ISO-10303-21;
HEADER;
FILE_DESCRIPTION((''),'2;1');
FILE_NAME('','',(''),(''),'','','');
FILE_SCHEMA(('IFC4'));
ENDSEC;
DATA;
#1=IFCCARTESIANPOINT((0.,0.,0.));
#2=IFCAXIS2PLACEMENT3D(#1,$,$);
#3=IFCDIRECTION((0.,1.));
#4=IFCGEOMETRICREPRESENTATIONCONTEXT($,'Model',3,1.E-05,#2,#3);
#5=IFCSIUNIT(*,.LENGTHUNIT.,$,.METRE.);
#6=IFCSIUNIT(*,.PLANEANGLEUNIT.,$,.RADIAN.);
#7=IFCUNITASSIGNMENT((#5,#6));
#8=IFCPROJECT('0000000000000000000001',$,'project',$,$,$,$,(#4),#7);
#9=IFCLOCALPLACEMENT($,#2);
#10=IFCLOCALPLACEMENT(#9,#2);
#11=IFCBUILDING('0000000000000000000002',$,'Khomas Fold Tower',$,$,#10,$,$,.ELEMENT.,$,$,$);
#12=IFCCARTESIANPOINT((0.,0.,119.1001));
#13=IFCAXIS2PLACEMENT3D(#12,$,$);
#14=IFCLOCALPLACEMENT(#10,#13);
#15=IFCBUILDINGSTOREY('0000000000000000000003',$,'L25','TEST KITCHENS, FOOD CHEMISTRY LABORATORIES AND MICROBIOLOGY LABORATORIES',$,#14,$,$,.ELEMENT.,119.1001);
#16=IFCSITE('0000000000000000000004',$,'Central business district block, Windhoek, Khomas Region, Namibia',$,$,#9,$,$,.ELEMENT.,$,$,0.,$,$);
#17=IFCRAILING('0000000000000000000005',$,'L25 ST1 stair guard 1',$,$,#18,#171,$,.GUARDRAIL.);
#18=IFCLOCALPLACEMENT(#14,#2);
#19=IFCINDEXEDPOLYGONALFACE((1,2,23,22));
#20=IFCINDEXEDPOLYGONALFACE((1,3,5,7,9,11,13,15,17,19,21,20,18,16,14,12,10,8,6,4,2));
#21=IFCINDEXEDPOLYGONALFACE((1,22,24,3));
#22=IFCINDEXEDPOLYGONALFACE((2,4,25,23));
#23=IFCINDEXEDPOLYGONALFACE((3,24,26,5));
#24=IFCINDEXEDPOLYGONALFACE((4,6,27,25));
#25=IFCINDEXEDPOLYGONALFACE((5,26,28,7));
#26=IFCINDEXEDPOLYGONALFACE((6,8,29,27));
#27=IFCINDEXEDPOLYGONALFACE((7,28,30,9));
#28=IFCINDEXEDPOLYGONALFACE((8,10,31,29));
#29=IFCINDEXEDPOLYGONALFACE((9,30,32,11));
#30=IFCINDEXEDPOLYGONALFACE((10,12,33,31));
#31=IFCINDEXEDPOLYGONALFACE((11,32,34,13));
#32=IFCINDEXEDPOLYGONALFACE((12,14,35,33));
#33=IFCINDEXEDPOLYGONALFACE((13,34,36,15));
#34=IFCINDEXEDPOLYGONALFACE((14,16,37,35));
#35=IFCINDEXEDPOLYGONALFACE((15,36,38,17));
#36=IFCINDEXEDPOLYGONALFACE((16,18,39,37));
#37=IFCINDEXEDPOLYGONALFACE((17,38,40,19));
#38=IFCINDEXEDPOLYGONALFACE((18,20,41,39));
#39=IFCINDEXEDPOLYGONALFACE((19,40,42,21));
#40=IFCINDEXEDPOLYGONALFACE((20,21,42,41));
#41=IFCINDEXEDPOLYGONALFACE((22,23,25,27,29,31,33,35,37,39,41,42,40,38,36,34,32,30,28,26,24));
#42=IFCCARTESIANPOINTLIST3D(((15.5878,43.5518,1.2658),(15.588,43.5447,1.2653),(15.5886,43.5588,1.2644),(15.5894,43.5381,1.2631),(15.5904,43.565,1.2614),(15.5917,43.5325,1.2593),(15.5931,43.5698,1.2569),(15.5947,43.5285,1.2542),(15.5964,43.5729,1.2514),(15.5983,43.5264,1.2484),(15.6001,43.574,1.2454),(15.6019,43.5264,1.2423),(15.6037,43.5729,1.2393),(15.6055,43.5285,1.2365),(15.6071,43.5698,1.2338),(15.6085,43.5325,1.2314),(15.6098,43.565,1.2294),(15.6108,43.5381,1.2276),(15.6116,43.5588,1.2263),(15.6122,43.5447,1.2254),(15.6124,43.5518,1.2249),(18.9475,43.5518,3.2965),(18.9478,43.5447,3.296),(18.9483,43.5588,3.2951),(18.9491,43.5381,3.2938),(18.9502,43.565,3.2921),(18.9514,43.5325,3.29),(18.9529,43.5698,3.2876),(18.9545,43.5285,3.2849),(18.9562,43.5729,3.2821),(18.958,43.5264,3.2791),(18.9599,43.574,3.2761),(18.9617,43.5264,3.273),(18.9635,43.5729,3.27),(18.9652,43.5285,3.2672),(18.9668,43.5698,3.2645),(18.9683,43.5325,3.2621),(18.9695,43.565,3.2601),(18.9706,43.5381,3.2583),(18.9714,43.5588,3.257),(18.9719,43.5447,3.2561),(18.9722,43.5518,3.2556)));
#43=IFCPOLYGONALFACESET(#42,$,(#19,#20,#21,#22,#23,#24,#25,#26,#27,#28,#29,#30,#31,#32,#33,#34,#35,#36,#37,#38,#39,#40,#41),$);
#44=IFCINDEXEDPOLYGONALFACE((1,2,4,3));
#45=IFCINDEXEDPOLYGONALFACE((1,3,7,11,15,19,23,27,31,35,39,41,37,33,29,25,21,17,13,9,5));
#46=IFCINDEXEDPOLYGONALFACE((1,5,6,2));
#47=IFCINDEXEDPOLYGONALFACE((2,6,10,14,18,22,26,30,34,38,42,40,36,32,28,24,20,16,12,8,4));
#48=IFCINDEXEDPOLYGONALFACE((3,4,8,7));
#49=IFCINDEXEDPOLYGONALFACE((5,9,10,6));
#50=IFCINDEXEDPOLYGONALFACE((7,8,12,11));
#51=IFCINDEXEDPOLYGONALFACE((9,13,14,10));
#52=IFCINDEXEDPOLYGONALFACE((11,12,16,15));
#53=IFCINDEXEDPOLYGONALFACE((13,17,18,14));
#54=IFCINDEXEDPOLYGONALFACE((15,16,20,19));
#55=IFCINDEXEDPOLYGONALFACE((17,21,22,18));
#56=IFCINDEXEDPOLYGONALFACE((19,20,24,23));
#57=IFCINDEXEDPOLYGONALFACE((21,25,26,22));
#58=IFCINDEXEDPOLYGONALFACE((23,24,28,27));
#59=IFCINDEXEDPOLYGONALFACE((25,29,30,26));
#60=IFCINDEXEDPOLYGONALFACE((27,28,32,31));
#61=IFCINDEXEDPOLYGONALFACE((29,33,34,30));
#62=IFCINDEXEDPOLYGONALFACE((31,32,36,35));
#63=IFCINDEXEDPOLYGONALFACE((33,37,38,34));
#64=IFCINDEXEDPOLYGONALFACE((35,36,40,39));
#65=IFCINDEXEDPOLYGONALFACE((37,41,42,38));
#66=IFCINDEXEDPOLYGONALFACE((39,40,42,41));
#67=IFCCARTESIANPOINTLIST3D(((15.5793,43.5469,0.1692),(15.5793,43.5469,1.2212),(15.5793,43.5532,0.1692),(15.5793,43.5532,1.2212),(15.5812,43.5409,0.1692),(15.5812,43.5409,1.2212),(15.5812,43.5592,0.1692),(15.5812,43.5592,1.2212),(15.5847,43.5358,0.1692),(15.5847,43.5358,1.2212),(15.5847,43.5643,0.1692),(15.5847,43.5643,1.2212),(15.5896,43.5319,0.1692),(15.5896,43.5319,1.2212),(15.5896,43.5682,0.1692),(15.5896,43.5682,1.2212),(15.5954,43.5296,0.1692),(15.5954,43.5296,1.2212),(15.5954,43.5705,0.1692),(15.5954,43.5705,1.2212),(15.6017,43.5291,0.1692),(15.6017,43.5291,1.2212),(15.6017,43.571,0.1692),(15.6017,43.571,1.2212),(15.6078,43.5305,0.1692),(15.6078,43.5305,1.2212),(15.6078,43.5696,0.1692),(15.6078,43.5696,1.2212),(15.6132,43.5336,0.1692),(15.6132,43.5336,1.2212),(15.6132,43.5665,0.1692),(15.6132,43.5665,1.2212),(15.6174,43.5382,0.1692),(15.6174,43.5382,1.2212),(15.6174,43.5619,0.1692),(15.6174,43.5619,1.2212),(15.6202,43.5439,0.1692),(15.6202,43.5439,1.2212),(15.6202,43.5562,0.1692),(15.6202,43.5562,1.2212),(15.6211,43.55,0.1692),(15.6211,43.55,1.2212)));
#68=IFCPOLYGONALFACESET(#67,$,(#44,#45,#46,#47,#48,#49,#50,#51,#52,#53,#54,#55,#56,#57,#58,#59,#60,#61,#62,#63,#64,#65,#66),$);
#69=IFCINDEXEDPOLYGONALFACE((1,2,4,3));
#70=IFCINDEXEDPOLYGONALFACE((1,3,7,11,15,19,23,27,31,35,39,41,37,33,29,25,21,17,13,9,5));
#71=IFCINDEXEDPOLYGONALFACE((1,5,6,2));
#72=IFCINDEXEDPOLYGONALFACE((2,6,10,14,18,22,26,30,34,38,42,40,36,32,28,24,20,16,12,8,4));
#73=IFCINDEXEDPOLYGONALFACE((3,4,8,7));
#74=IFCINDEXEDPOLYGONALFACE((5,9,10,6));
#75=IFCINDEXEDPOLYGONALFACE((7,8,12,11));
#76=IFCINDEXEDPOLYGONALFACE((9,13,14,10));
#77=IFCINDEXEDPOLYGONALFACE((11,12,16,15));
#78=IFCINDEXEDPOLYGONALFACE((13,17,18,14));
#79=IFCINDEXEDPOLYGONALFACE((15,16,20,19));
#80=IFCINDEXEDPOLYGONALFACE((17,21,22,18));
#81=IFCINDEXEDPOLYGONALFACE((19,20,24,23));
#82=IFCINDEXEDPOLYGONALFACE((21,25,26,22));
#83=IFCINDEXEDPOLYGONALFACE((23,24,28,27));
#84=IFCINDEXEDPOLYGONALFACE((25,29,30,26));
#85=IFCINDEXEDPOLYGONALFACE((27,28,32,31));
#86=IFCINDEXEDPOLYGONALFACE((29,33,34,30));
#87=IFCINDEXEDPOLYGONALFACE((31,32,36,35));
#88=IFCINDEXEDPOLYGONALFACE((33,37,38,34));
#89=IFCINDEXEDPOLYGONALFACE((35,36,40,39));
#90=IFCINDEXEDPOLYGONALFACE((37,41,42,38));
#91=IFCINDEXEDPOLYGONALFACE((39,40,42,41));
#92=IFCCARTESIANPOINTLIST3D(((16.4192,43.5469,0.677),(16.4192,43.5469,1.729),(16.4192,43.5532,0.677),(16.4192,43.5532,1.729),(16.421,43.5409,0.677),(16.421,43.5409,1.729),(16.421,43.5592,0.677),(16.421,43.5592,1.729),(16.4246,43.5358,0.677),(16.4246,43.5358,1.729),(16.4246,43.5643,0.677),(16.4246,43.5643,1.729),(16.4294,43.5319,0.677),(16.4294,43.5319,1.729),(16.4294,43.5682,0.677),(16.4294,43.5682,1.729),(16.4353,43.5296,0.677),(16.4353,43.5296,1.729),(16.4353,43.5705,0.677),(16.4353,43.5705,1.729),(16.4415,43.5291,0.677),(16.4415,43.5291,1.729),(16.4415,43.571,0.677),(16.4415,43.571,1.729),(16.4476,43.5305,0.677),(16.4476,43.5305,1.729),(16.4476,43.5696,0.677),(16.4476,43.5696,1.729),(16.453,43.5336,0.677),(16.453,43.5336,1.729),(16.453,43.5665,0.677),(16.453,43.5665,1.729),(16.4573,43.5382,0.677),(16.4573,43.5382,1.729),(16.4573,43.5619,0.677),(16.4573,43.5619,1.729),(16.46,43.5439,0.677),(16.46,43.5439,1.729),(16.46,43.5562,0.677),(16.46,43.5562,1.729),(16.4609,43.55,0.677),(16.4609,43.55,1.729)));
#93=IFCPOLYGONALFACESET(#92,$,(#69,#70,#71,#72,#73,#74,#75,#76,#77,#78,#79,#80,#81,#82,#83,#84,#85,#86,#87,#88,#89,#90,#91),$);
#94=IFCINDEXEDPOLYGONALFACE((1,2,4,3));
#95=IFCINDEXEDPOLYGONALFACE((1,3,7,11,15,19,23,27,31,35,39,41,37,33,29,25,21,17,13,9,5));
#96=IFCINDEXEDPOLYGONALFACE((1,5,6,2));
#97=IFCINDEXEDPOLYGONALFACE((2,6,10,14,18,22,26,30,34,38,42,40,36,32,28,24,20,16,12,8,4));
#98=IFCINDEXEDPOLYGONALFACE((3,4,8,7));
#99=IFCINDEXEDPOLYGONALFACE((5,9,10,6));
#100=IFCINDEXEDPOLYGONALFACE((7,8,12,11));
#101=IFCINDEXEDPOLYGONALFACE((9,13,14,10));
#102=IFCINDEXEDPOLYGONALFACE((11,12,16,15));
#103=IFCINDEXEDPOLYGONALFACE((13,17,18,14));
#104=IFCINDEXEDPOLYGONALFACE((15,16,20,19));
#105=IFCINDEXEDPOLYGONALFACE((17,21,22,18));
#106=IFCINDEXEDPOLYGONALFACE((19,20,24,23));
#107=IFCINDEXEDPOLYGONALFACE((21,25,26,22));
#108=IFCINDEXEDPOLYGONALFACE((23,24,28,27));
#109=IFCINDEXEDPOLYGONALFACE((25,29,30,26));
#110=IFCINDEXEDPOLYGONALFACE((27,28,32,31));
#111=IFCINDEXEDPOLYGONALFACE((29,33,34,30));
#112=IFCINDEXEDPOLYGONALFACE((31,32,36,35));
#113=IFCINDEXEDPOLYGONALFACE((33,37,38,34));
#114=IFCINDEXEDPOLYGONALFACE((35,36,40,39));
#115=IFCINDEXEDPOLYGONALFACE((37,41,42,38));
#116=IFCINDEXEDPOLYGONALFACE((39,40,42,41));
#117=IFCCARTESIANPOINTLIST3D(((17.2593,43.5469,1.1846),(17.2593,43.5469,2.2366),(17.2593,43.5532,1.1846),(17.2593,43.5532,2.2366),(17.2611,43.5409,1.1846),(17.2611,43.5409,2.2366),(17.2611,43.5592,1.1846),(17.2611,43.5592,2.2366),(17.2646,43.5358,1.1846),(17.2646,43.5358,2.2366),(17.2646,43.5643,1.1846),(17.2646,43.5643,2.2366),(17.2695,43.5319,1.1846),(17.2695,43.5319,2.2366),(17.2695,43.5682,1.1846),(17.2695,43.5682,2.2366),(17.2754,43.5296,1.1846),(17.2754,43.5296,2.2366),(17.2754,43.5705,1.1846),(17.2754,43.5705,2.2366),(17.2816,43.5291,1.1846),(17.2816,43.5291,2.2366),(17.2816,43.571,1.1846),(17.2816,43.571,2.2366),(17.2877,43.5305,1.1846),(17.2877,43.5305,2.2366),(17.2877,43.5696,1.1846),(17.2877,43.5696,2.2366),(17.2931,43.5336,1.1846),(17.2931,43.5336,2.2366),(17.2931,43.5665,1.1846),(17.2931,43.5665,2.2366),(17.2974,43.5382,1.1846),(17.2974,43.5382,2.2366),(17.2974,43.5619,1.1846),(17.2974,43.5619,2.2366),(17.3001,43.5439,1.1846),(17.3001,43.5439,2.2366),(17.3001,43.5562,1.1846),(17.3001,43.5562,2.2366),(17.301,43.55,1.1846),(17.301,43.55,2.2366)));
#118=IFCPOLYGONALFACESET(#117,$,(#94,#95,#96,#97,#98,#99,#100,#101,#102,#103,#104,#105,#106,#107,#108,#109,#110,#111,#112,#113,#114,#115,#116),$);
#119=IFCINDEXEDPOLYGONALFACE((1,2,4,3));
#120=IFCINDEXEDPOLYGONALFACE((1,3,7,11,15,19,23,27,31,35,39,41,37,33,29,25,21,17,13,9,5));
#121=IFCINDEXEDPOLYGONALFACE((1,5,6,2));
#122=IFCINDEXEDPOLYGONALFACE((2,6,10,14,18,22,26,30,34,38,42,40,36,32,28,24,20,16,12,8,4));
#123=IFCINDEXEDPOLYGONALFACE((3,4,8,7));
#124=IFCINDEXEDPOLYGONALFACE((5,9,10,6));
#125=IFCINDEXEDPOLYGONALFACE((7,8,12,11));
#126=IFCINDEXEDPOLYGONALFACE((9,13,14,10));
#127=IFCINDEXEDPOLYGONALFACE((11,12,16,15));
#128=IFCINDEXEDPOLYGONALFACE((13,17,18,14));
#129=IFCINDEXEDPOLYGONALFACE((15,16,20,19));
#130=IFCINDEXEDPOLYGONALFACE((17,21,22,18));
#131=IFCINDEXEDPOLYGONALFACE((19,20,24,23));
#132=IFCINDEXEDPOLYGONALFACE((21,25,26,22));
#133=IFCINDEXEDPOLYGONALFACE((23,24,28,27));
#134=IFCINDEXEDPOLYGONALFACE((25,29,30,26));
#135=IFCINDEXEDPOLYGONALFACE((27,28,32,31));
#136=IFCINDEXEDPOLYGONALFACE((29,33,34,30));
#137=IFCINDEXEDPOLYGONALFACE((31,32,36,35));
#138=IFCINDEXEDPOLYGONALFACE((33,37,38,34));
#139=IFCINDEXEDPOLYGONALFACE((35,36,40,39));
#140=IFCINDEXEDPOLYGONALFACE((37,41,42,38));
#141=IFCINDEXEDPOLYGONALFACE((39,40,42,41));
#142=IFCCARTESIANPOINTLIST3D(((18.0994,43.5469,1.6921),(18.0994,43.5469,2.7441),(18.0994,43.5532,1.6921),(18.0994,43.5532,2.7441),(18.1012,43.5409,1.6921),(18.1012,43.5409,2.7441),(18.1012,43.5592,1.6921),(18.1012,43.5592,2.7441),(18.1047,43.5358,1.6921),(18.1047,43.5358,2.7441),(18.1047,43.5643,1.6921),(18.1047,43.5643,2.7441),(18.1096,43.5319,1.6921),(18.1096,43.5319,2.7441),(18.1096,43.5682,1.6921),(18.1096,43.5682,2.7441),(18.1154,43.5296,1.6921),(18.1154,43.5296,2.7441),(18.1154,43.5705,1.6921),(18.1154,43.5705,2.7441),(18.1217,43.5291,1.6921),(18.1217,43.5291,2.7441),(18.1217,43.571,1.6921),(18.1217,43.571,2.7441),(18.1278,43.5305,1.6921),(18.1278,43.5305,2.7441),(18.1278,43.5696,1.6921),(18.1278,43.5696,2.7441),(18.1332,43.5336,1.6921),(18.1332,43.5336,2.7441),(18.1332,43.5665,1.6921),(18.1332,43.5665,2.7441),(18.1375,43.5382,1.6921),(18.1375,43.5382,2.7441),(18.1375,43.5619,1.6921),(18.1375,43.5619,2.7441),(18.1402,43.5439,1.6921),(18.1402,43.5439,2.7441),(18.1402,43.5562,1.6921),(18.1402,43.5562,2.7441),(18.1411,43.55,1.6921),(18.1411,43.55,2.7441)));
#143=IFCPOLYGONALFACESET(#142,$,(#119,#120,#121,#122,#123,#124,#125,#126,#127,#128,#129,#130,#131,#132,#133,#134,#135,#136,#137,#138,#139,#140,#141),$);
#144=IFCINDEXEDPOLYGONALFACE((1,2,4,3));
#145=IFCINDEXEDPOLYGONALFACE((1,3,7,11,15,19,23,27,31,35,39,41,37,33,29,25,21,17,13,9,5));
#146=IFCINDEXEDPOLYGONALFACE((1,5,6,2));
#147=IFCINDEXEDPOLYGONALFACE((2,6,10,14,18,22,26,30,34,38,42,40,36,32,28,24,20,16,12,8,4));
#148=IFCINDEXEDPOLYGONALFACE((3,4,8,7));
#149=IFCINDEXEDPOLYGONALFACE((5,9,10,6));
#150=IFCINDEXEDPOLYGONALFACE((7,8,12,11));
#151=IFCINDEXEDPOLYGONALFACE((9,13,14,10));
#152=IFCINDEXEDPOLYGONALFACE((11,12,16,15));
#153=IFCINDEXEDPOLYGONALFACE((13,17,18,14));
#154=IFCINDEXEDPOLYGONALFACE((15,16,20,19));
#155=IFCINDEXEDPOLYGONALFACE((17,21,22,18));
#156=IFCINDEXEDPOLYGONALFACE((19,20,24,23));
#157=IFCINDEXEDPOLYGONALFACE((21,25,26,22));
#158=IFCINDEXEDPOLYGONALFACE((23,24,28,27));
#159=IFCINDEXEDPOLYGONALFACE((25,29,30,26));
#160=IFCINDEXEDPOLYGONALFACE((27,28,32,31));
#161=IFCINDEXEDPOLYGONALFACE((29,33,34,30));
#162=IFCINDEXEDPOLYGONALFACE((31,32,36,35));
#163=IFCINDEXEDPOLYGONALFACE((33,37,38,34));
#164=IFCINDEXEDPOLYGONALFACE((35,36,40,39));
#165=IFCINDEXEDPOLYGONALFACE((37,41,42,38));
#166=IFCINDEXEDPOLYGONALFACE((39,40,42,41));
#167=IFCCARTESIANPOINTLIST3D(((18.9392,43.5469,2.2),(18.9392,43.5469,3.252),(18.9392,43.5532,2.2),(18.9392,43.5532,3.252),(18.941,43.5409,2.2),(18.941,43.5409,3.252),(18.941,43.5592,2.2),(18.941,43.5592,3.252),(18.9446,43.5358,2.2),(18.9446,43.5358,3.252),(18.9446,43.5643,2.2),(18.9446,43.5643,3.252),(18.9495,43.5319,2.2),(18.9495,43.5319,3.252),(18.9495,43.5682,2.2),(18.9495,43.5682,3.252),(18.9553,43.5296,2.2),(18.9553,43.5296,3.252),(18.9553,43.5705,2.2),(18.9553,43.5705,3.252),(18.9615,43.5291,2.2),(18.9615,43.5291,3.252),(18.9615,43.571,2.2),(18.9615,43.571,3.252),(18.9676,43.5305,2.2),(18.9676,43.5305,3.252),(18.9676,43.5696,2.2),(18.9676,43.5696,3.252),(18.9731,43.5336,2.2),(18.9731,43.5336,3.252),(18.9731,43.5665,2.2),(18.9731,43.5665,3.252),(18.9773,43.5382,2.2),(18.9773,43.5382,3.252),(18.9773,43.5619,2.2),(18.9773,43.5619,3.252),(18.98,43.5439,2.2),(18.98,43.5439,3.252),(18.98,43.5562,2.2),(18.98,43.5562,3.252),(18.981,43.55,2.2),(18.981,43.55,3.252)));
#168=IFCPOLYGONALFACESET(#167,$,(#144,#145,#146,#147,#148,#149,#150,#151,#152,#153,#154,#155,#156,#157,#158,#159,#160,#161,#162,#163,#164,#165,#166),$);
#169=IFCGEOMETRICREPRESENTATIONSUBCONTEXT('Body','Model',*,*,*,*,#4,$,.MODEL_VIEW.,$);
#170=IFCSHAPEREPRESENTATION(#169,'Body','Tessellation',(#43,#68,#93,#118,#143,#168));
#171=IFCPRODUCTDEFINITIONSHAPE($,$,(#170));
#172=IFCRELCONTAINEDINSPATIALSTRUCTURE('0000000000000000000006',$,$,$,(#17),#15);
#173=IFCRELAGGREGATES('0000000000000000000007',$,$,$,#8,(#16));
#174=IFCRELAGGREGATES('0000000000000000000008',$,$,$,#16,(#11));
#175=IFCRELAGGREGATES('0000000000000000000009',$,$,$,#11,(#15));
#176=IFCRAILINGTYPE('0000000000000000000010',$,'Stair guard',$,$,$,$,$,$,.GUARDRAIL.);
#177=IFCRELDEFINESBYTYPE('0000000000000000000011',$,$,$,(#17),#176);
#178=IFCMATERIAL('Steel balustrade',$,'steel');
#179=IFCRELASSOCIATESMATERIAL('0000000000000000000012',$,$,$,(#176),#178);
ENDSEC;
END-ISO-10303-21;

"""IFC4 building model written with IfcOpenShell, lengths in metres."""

from ifc_helpers import new_model, si_unit, direction, frame, origin, origin_2d, place, context, subcontext, project, spatial, circle, extrude, source, transform, mapped, material, type_object, element, save


model = new_model("IFC4")

# Units and contexts
model_context = context("Model", 3, precision=1e-05, world=origin(), true_north=direction((0.0, 1.0)))
body_context = subcontext(model_context, "Body", "Model", "MODEL_VIEW")
ifc_project = project(units=[si_unit("LENGTHUNIT", "METRE"), si_unit("PLANEANGLEUNIT", "RADIAN")], contexts=[model_context])

# Site, building, storey
site_placement = place(None, origin())
site = spatial("IfcSite", under=ifc_project, at=site_placement, Name="Central business district block, Windhoek, Khomas Region, Namibia", CompositionType="ELEMENT", RefElevation=0.0)
building_placement = place(site_placement, origin())
building = spatial("IfcBuilding", under=site, at=building_placement, Name="Khomas Fold Tower", CompositionType="ELEMENT")
storey_placement = place(building_placement, frame((0.0, 0.0, 119.1001)))
storey = spatial("IfcBuildingStorey", under=building, at=storey_placement, Name="L25", Description="TEST KITCHENS, FOOD CHEMISTRY LABORATORIES AND MICROBIOLOGY LABORATORIES", CompositionType="ELEMENT", Elevation=119.1001)

# Railing
ifc_material_1 = material(Name="Steel balustrade", Category="steel")
railing_type_1 = type_object("IfcRailingType", Name="Stair guard", PredefinedType="GUARDRAIL", material=ifc_material_1)
shared_shape_1 = source(origin(), body_context, "Body", "SweptSolid", [
    extrude(circle(Radius=0.0239, at=origin_2d()), frame((0.0, 0.0, 1.0762), z_axis=(0.85582, 0.0, 0.517273), x_axis=(0.0, 1.0, 0.0)), (0.0, 0.0, 1.0), 3.9258),
    extrude(circle(Radius=0.021, at=origin_2d()), origin(), (0.0, 0.0, 1.0), 1.052),
    extrude(circle(Radius=0.021, at=origin_2d()), frame((0.8398, 0.0, 0.5078)), (0.0, 0.0, 1.0), 1.052),
    extrude(circle(Radius=0.021, at=origin_2d()), frame((1.6799, 0.0, 1.0154)), (0.0, 0.0, 1.0), 1.052),
    extrude(circle(Radius=0.021, at=origin_2d()), frame((2.52, 0.0, 1.5229)), (0.0, 0.0, 1.0), 1.052),
    extrude(circle(Radius=0.021, at=origin_2d()), frame((3.3599, 0.0, 2.0308)), (0.0, 0.0, 1.0), 1.052),
])
railing_1_placement = place(storey_placement, frame((15.6001, 43.55, 0.1692)))
element("IfcRailing", 1, at=railing_1_placement, inside=storey, type_object=railing_type_1, Name="L25 ST1 stair guard 1", PredefinedType="GUARDRAIL", context=body_context, shape_type="MappedRepresentation", body=[
    mapped(shared_shape_1, transform((0.0, 0.0, 0.0))),
])

save(model, "model.ifc")
